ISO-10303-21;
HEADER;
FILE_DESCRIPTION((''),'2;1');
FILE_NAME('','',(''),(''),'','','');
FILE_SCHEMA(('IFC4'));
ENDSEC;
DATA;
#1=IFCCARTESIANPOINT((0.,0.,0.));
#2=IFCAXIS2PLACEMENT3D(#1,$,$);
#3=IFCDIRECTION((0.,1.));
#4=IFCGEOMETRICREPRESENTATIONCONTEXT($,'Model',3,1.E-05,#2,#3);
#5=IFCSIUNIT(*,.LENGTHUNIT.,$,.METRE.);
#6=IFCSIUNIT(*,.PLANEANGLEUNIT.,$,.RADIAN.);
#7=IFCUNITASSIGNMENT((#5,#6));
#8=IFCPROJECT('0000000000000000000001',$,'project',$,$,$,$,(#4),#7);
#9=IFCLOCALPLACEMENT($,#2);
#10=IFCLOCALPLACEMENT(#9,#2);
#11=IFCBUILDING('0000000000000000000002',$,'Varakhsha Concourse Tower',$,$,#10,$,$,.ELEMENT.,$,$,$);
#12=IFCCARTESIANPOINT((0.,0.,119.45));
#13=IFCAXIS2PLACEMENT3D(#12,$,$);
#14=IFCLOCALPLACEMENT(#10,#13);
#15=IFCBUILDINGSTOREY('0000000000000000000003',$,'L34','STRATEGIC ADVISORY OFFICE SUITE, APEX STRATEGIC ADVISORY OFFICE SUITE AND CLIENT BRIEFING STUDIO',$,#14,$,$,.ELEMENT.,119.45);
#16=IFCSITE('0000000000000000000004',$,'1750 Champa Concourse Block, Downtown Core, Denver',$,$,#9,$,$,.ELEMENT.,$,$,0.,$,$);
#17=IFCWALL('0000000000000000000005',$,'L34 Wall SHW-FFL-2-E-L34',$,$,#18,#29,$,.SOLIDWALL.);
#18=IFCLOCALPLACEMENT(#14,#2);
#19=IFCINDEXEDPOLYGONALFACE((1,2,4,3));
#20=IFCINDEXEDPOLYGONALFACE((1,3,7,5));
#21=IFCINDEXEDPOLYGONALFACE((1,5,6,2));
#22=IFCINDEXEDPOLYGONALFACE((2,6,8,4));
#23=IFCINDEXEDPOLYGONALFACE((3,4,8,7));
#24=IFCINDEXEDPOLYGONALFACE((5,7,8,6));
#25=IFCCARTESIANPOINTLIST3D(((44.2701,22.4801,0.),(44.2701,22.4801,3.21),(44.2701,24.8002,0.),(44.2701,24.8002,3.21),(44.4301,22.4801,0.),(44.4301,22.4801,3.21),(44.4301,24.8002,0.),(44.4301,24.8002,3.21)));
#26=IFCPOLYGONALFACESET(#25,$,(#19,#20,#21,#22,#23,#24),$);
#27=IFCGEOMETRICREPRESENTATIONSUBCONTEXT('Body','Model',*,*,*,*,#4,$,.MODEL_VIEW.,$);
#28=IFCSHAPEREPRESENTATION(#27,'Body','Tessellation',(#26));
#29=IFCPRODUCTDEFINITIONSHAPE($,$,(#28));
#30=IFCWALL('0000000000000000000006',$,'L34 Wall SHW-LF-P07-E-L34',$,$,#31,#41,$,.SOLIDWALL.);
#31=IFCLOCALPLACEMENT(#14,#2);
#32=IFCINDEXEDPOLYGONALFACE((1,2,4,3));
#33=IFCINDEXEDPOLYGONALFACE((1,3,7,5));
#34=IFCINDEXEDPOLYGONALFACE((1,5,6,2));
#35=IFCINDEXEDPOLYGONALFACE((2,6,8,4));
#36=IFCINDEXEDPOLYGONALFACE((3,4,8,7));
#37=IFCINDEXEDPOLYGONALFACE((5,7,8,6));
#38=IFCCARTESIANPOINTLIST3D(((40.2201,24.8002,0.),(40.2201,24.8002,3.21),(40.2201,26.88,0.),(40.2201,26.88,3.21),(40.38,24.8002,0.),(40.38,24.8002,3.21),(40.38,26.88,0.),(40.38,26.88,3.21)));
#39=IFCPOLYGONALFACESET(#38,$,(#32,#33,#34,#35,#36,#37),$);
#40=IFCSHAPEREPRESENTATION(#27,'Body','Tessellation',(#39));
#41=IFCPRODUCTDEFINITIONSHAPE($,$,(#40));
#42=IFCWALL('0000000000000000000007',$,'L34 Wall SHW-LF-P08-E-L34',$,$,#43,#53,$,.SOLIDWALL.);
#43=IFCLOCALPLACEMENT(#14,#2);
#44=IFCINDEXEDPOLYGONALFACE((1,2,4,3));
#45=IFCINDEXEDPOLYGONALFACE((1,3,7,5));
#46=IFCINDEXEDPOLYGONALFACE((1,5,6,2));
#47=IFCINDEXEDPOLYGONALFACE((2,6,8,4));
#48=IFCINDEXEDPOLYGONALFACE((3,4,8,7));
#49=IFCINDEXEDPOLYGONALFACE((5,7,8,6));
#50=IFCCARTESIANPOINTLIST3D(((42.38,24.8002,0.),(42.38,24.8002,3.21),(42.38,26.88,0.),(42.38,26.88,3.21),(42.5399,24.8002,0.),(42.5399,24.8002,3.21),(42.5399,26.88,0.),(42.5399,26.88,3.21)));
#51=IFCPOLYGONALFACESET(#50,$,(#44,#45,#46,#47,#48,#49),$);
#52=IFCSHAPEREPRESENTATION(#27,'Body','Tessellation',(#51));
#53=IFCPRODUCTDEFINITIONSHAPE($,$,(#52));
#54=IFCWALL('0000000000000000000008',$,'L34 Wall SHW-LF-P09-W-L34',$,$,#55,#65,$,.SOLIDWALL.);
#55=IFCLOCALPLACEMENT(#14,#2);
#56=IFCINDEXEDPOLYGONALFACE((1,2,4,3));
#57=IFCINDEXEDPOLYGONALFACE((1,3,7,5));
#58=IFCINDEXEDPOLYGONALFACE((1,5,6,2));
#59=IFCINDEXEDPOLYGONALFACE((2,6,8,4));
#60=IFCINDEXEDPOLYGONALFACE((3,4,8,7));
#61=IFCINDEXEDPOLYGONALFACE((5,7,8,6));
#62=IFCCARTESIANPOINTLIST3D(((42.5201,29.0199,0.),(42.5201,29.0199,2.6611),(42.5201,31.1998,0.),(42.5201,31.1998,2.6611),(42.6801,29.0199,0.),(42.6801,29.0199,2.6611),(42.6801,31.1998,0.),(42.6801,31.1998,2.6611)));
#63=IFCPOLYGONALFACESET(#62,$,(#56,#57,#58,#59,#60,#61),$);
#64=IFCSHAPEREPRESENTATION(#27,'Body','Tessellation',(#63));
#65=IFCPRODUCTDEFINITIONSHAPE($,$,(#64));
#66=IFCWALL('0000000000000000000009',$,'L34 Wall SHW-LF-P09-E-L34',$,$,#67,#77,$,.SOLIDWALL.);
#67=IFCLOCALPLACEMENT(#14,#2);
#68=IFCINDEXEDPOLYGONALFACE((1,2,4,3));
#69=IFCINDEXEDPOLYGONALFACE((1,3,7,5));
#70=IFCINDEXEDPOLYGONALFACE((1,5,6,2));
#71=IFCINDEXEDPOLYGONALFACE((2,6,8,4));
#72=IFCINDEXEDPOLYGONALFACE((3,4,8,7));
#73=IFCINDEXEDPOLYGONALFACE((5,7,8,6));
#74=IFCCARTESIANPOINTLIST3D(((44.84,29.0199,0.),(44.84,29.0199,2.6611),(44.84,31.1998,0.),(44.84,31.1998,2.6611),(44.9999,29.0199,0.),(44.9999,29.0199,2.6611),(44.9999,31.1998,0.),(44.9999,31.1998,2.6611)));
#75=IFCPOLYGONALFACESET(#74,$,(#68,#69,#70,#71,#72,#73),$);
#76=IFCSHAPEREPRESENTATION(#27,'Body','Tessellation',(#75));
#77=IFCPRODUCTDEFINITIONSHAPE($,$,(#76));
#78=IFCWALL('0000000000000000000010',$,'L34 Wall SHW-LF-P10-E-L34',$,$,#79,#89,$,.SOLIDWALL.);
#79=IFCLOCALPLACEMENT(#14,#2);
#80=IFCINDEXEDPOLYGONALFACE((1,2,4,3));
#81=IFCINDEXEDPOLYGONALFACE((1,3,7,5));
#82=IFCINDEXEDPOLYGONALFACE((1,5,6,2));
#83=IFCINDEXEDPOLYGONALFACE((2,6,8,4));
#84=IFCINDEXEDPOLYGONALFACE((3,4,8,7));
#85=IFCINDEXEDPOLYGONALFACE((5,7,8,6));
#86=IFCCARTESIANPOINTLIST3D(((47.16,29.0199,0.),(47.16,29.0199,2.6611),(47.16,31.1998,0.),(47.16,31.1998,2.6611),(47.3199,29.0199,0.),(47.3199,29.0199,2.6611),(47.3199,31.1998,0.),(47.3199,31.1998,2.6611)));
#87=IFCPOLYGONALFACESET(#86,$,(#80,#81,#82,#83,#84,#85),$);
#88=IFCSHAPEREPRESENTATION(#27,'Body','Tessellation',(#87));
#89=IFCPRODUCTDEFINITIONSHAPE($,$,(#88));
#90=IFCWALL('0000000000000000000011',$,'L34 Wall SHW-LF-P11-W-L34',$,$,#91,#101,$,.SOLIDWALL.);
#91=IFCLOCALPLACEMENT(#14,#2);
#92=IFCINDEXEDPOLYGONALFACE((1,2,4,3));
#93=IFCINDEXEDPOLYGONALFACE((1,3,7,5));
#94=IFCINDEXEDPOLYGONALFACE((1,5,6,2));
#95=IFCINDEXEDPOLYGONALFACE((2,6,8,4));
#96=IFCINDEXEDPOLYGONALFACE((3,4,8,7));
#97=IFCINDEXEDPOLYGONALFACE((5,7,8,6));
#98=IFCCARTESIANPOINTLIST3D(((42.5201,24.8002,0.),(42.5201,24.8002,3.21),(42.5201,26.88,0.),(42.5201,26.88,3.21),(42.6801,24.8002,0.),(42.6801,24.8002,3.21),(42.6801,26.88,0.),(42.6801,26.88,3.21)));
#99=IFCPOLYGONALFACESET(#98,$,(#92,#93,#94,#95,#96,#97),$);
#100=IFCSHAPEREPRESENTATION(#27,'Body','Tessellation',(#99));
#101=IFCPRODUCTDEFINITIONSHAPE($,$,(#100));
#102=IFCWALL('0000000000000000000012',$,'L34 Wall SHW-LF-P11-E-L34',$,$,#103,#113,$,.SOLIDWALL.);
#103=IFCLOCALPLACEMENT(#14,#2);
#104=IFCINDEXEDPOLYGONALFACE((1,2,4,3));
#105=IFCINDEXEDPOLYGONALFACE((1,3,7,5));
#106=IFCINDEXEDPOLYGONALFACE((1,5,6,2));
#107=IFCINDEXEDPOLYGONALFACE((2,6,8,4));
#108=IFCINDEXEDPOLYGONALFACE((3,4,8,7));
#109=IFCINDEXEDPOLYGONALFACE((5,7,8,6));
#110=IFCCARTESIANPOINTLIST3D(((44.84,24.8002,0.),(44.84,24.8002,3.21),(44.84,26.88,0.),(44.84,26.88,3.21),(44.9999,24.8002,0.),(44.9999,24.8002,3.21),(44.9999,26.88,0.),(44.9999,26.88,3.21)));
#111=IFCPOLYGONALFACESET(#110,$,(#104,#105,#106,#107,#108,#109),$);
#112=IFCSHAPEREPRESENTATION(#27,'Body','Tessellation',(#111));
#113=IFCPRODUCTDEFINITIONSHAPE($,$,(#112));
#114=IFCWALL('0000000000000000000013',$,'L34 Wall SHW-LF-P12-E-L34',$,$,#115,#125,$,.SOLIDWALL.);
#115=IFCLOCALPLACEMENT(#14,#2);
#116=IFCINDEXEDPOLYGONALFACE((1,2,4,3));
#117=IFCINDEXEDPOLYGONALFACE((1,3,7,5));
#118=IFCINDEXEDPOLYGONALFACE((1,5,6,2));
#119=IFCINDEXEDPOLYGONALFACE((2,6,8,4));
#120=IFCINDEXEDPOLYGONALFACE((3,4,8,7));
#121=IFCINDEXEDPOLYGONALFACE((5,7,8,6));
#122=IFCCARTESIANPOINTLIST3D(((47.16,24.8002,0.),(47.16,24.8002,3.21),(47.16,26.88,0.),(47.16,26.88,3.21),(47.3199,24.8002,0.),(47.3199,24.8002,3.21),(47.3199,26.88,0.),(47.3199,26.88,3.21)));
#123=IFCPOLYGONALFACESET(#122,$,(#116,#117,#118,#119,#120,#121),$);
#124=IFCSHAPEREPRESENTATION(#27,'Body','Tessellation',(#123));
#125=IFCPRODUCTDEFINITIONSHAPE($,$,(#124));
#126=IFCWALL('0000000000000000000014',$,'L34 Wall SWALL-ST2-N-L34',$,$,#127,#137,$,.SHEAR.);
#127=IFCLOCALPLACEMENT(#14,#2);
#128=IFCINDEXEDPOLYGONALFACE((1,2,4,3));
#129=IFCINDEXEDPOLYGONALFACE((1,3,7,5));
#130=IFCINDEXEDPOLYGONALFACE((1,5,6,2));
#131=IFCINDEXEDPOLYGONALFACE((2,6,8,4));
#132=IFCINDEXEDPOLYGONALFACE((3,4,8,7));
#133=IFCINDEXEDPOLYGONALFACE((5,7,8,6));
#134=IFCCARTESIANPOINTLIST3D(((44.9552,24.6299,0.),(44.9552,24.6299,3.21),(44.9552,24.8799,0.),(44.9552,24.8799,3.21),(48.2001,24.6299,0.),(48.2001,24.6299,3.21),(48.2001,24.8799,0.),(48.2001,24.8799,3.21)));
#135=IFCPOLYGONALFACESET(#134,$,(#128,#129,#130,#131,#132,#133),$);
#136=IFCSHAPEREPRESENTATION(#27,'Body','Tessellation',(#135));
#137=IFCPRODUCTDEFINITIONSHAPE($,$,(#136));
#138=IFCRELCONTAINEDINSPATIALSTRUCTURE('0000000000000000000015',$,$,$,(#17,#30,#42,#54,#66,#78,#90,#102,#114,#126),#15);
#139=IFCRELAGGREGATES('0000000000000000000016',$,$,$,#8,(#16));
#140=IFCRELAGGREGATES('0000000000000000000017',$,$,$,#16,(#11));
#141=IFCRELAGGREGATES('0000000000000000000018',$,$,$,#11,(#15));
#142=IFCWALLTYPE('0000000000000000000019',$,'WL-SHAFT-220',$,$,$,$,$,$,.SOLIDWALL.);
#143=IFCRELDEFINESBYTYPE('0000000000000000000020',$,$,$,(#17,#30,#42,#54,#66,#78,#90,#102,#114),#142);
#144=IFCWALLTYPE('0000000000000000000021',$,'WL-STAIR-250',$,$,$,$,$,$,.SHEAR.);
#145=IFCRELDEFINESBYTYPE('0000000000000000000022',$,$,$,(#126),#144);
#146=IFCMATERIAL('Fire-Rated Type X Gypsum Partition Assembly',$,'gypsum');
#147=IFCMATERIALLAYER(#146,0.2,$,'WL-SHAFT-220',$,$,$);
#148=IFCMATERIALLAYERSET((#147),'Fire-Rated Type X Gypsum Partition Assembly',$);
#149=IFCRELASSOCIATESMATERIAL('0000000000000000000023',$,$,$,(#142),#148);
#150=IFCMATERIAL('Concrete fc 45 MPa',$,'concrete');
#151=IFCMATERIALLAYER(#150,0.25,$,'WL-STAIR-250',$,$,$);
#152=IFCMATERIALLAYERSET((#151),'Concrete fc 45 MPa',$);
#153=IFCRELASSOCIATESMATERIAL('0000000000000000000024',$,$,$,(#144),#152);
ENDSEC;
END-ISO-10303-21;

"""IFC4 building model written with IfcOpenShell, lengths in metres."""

from ifc_helpers import new_model, si_unit, direction, frame, frame_2d, origin, place, context, subcontext, project, spatial, rectangle, extrude, material, layer, layer_set, type_object, element, save


model = new_model("IFC4")

# Units and contexts
model_context = context("Model", 3, precision=1e-05, world=origin(), true_north=direction((0.0, 1.0)))
body_context = subcontext(model_context, "Body", "Model", "MODEL_VIEW")
ifc_project = project(units=[si_unit("LENGTHUNIT", "METRE"), si_unit("PLANEANGLEUNIT", "RADIAN")], contexts=[model_context])

# Site, building, storey
site_placement = place(None, origin())
site = spatial("IfcSite", under=ifc_project, at=site_placement, Name="1750 Champa Concourse Block, Downtown Core, Denver", CompositionType="ELEMENT", RefElevation=0.0)
building_placement = place(site_placement, origin())
building = spatial("IfcBuilding", under=site, at=building_placement, Name="Varakhsha Concourse Tower", CompositionType="ELEMENT")
storey_placement = place(building_placement, frame((0.0, 0.0, 119.45)))
storey = spatial("IfcBuildingStorey", under=building, at=storey_placement, Name="L34", Description="STRATEGIC ADVISORY OFFICE SUITE, APEX STRATEGIC ADVISORY OFFICE SUITE AND CLIENT BRIEFING STUDIO", CompositionType="ELEMENT", Elevation=119.45)

# Walls
ifc_material_1 = material(Name="Fire-Rated Type X Gypsum Partition Assembly", Category="gypsum")
ifc_layer_1 = layer(ifc_material_1, 0.2, Name="WL-SHAFT-220")
ifc_layer_set_1 = layer_set([ifc_layer_1], Name="Fire-Rated Type X Gypsum Partition Assembly")
wall_type_1 = type_object("IfcWallType", Name="WL-SHAFT-220", PredefinedType="SOLIDWALL", material=ifc_layer_set_1)
for number, where, z_axis, x_axis, name in (
    (1, (44.3501, 22.48, 0.0), (0.0, 0.0, 1.0), (0.0, 1.0, 0.0), "L34 Wall SHW-FFL-2-E-L34"),
):
    element("IfcWall", number, at=place(storey_placement, frame(where, z_axis=z_axis, x_axis=x_axis)), inside=storey, type_object=wall_type_1, Name=name, PredefinedType="SOLIDWALL", context=body_context, shape_type="SweptSolid", body=[
        extrude(rectangle(XDim=2.3201, YDim=0.1599, at=frame_2d((1.1602, 0.0))), origin(), (0.0, 0.0, 1.0), 3.21),
    ])
for number, where, z_axis, x_axis, name in (
    (2, (40.3, 24.8, 0.0), (0.0, 0.0, 1.0), (0.0, 1.0, 0.0), "L34 Wall SHW-LF-P07-E-L34"),
    (3, (42.46, 24.8, 0.0), (0.0, 0.0, 1.0), (0.0, 1.0, 0.0), "L34 Wall SHW-LF-P08-E-L34"),
):
    element("IfcWall", number, at=place(storey_placement, frame(where, z_axis=z_axis, x_axis=x_axis)), inside=storey, type_object=wall_type_1, Name=name, PredefinedType="SOLIDWALL", context=body_context, shape_type="SweptSolid", body=[
        extrude(rectangle(XDim=2.0798, YDim=0.1599, at=frame_2d((1.04, 0.0))), origin(), (0.0, 0.0, 1.0), 3.21),
    ])
for number, where, z_axis, x_axis, name in (
    (4, (42.6001, 29.02, 0.0), (0.0, 0.0, 1.0), (0.0, 1.0, 0.0), "L34 Wall SHW-LF-P09-W-L34"),
    (5, (44.9199, 29.02, 0.0), (0.0, 0.0, 1.0), (0.0, 1.0, 0.0), "L34 Wall SHW-LF-P09-E-L34"),
    (6, (47.24, 29.02, 0.0), (0.0, 0.0, 1.0), (0.0, 1.0, 0.0), "L34 Wall SHW-LF-P10-E-L34"),
):
    element("IfcWall", number, at=place(storey_placement, frame(where, z_axis=z_axis, x_axis=x_axis)), inside=storey, type_object=wall_type_1, Name=name, PredefinedType="SOLIDWALL", context=body_context, shape_type="SweptSolid", body=[
        extrude(rectangle(XDim=2.1799, YDim=0.1599, at=frame_2d((1.0898, 0.0))), origin(), (0.0, 0.0, 1.0), 2.6611),
    ])
for number, where, z_axis, x_axis, name in (
    (7, (42.6001, 24.8, 0.0), (0.0, 0.0, 1.0), (0.0, 1.0, 0.0), "L34 Wall SHW-LF-P11-W-L34"),
    (8, (44.9199, 24.8, 0.0), (0.0, 0.0, 1.0), (0.0, 1.0, 0.0), "L34 Wall SHW-LF-P11-E-L34"),
    (9, (47.24, 24.8, 0.0), (0.0, 0.0, 1.0), (0.0, 1.0, 0.0), "L34 Wall SHW-LF-P12-E-L34"),
):
    element("IfcWall", number, at=place(storey_placement, frame(where, z_axis=z_axis, x_axis=x_axis)), inside=storey, type_object=wall_type_1, Name=name, PredefinedType="SOLIDWALL", context=body_context, shape_type="SweptSolid", body=[
        extrude(rectangle(XDim=2.0798, YDim=0.1599, at=frame_2d((1.04, 0.0))), origin(), (0.0, 0.0, 1.0), 3.21),
    ])
ifc_material_2 = material(Name="Concrete fc 45 MPa", Category="concrete")
ifc_layer_2 = layer(ifc_material_2, 0.25, Name="WL-STAIR-250")
ifc_layer_set_2 = layer_set([ifc_layer_2], Name="Concrete fc 45 MPa")
wall_type_2 = type_object("IfcWallType", Name="WL-STAIR-250", PredefinedType="SHEAR", material=ifc_layer_set_2)
wall_1_placement = place(storey_placement, frame((44.9551, 24.7549, 0.0), z_axis=(0.0, 0.0, 1.0), x_axis=(1.0, 0.0, 0.0)))
element("IfcWall", 10, at=wall_1_placement, inside=storey, type_object=wall_type_2, Name="L34 Wall SWALL-ST2-N-L34", PredefinedType="SHEAR", context=body_context, shape_type="SweptSolid", body=[
    extrude(rectangle(XDim=3.2449, YDim=0.25, at=frame_2d((1.6226, 0.0))), origin(), (0.0, 0.0, 1.0), 3.21),
])

save(model, "model.ifc")
